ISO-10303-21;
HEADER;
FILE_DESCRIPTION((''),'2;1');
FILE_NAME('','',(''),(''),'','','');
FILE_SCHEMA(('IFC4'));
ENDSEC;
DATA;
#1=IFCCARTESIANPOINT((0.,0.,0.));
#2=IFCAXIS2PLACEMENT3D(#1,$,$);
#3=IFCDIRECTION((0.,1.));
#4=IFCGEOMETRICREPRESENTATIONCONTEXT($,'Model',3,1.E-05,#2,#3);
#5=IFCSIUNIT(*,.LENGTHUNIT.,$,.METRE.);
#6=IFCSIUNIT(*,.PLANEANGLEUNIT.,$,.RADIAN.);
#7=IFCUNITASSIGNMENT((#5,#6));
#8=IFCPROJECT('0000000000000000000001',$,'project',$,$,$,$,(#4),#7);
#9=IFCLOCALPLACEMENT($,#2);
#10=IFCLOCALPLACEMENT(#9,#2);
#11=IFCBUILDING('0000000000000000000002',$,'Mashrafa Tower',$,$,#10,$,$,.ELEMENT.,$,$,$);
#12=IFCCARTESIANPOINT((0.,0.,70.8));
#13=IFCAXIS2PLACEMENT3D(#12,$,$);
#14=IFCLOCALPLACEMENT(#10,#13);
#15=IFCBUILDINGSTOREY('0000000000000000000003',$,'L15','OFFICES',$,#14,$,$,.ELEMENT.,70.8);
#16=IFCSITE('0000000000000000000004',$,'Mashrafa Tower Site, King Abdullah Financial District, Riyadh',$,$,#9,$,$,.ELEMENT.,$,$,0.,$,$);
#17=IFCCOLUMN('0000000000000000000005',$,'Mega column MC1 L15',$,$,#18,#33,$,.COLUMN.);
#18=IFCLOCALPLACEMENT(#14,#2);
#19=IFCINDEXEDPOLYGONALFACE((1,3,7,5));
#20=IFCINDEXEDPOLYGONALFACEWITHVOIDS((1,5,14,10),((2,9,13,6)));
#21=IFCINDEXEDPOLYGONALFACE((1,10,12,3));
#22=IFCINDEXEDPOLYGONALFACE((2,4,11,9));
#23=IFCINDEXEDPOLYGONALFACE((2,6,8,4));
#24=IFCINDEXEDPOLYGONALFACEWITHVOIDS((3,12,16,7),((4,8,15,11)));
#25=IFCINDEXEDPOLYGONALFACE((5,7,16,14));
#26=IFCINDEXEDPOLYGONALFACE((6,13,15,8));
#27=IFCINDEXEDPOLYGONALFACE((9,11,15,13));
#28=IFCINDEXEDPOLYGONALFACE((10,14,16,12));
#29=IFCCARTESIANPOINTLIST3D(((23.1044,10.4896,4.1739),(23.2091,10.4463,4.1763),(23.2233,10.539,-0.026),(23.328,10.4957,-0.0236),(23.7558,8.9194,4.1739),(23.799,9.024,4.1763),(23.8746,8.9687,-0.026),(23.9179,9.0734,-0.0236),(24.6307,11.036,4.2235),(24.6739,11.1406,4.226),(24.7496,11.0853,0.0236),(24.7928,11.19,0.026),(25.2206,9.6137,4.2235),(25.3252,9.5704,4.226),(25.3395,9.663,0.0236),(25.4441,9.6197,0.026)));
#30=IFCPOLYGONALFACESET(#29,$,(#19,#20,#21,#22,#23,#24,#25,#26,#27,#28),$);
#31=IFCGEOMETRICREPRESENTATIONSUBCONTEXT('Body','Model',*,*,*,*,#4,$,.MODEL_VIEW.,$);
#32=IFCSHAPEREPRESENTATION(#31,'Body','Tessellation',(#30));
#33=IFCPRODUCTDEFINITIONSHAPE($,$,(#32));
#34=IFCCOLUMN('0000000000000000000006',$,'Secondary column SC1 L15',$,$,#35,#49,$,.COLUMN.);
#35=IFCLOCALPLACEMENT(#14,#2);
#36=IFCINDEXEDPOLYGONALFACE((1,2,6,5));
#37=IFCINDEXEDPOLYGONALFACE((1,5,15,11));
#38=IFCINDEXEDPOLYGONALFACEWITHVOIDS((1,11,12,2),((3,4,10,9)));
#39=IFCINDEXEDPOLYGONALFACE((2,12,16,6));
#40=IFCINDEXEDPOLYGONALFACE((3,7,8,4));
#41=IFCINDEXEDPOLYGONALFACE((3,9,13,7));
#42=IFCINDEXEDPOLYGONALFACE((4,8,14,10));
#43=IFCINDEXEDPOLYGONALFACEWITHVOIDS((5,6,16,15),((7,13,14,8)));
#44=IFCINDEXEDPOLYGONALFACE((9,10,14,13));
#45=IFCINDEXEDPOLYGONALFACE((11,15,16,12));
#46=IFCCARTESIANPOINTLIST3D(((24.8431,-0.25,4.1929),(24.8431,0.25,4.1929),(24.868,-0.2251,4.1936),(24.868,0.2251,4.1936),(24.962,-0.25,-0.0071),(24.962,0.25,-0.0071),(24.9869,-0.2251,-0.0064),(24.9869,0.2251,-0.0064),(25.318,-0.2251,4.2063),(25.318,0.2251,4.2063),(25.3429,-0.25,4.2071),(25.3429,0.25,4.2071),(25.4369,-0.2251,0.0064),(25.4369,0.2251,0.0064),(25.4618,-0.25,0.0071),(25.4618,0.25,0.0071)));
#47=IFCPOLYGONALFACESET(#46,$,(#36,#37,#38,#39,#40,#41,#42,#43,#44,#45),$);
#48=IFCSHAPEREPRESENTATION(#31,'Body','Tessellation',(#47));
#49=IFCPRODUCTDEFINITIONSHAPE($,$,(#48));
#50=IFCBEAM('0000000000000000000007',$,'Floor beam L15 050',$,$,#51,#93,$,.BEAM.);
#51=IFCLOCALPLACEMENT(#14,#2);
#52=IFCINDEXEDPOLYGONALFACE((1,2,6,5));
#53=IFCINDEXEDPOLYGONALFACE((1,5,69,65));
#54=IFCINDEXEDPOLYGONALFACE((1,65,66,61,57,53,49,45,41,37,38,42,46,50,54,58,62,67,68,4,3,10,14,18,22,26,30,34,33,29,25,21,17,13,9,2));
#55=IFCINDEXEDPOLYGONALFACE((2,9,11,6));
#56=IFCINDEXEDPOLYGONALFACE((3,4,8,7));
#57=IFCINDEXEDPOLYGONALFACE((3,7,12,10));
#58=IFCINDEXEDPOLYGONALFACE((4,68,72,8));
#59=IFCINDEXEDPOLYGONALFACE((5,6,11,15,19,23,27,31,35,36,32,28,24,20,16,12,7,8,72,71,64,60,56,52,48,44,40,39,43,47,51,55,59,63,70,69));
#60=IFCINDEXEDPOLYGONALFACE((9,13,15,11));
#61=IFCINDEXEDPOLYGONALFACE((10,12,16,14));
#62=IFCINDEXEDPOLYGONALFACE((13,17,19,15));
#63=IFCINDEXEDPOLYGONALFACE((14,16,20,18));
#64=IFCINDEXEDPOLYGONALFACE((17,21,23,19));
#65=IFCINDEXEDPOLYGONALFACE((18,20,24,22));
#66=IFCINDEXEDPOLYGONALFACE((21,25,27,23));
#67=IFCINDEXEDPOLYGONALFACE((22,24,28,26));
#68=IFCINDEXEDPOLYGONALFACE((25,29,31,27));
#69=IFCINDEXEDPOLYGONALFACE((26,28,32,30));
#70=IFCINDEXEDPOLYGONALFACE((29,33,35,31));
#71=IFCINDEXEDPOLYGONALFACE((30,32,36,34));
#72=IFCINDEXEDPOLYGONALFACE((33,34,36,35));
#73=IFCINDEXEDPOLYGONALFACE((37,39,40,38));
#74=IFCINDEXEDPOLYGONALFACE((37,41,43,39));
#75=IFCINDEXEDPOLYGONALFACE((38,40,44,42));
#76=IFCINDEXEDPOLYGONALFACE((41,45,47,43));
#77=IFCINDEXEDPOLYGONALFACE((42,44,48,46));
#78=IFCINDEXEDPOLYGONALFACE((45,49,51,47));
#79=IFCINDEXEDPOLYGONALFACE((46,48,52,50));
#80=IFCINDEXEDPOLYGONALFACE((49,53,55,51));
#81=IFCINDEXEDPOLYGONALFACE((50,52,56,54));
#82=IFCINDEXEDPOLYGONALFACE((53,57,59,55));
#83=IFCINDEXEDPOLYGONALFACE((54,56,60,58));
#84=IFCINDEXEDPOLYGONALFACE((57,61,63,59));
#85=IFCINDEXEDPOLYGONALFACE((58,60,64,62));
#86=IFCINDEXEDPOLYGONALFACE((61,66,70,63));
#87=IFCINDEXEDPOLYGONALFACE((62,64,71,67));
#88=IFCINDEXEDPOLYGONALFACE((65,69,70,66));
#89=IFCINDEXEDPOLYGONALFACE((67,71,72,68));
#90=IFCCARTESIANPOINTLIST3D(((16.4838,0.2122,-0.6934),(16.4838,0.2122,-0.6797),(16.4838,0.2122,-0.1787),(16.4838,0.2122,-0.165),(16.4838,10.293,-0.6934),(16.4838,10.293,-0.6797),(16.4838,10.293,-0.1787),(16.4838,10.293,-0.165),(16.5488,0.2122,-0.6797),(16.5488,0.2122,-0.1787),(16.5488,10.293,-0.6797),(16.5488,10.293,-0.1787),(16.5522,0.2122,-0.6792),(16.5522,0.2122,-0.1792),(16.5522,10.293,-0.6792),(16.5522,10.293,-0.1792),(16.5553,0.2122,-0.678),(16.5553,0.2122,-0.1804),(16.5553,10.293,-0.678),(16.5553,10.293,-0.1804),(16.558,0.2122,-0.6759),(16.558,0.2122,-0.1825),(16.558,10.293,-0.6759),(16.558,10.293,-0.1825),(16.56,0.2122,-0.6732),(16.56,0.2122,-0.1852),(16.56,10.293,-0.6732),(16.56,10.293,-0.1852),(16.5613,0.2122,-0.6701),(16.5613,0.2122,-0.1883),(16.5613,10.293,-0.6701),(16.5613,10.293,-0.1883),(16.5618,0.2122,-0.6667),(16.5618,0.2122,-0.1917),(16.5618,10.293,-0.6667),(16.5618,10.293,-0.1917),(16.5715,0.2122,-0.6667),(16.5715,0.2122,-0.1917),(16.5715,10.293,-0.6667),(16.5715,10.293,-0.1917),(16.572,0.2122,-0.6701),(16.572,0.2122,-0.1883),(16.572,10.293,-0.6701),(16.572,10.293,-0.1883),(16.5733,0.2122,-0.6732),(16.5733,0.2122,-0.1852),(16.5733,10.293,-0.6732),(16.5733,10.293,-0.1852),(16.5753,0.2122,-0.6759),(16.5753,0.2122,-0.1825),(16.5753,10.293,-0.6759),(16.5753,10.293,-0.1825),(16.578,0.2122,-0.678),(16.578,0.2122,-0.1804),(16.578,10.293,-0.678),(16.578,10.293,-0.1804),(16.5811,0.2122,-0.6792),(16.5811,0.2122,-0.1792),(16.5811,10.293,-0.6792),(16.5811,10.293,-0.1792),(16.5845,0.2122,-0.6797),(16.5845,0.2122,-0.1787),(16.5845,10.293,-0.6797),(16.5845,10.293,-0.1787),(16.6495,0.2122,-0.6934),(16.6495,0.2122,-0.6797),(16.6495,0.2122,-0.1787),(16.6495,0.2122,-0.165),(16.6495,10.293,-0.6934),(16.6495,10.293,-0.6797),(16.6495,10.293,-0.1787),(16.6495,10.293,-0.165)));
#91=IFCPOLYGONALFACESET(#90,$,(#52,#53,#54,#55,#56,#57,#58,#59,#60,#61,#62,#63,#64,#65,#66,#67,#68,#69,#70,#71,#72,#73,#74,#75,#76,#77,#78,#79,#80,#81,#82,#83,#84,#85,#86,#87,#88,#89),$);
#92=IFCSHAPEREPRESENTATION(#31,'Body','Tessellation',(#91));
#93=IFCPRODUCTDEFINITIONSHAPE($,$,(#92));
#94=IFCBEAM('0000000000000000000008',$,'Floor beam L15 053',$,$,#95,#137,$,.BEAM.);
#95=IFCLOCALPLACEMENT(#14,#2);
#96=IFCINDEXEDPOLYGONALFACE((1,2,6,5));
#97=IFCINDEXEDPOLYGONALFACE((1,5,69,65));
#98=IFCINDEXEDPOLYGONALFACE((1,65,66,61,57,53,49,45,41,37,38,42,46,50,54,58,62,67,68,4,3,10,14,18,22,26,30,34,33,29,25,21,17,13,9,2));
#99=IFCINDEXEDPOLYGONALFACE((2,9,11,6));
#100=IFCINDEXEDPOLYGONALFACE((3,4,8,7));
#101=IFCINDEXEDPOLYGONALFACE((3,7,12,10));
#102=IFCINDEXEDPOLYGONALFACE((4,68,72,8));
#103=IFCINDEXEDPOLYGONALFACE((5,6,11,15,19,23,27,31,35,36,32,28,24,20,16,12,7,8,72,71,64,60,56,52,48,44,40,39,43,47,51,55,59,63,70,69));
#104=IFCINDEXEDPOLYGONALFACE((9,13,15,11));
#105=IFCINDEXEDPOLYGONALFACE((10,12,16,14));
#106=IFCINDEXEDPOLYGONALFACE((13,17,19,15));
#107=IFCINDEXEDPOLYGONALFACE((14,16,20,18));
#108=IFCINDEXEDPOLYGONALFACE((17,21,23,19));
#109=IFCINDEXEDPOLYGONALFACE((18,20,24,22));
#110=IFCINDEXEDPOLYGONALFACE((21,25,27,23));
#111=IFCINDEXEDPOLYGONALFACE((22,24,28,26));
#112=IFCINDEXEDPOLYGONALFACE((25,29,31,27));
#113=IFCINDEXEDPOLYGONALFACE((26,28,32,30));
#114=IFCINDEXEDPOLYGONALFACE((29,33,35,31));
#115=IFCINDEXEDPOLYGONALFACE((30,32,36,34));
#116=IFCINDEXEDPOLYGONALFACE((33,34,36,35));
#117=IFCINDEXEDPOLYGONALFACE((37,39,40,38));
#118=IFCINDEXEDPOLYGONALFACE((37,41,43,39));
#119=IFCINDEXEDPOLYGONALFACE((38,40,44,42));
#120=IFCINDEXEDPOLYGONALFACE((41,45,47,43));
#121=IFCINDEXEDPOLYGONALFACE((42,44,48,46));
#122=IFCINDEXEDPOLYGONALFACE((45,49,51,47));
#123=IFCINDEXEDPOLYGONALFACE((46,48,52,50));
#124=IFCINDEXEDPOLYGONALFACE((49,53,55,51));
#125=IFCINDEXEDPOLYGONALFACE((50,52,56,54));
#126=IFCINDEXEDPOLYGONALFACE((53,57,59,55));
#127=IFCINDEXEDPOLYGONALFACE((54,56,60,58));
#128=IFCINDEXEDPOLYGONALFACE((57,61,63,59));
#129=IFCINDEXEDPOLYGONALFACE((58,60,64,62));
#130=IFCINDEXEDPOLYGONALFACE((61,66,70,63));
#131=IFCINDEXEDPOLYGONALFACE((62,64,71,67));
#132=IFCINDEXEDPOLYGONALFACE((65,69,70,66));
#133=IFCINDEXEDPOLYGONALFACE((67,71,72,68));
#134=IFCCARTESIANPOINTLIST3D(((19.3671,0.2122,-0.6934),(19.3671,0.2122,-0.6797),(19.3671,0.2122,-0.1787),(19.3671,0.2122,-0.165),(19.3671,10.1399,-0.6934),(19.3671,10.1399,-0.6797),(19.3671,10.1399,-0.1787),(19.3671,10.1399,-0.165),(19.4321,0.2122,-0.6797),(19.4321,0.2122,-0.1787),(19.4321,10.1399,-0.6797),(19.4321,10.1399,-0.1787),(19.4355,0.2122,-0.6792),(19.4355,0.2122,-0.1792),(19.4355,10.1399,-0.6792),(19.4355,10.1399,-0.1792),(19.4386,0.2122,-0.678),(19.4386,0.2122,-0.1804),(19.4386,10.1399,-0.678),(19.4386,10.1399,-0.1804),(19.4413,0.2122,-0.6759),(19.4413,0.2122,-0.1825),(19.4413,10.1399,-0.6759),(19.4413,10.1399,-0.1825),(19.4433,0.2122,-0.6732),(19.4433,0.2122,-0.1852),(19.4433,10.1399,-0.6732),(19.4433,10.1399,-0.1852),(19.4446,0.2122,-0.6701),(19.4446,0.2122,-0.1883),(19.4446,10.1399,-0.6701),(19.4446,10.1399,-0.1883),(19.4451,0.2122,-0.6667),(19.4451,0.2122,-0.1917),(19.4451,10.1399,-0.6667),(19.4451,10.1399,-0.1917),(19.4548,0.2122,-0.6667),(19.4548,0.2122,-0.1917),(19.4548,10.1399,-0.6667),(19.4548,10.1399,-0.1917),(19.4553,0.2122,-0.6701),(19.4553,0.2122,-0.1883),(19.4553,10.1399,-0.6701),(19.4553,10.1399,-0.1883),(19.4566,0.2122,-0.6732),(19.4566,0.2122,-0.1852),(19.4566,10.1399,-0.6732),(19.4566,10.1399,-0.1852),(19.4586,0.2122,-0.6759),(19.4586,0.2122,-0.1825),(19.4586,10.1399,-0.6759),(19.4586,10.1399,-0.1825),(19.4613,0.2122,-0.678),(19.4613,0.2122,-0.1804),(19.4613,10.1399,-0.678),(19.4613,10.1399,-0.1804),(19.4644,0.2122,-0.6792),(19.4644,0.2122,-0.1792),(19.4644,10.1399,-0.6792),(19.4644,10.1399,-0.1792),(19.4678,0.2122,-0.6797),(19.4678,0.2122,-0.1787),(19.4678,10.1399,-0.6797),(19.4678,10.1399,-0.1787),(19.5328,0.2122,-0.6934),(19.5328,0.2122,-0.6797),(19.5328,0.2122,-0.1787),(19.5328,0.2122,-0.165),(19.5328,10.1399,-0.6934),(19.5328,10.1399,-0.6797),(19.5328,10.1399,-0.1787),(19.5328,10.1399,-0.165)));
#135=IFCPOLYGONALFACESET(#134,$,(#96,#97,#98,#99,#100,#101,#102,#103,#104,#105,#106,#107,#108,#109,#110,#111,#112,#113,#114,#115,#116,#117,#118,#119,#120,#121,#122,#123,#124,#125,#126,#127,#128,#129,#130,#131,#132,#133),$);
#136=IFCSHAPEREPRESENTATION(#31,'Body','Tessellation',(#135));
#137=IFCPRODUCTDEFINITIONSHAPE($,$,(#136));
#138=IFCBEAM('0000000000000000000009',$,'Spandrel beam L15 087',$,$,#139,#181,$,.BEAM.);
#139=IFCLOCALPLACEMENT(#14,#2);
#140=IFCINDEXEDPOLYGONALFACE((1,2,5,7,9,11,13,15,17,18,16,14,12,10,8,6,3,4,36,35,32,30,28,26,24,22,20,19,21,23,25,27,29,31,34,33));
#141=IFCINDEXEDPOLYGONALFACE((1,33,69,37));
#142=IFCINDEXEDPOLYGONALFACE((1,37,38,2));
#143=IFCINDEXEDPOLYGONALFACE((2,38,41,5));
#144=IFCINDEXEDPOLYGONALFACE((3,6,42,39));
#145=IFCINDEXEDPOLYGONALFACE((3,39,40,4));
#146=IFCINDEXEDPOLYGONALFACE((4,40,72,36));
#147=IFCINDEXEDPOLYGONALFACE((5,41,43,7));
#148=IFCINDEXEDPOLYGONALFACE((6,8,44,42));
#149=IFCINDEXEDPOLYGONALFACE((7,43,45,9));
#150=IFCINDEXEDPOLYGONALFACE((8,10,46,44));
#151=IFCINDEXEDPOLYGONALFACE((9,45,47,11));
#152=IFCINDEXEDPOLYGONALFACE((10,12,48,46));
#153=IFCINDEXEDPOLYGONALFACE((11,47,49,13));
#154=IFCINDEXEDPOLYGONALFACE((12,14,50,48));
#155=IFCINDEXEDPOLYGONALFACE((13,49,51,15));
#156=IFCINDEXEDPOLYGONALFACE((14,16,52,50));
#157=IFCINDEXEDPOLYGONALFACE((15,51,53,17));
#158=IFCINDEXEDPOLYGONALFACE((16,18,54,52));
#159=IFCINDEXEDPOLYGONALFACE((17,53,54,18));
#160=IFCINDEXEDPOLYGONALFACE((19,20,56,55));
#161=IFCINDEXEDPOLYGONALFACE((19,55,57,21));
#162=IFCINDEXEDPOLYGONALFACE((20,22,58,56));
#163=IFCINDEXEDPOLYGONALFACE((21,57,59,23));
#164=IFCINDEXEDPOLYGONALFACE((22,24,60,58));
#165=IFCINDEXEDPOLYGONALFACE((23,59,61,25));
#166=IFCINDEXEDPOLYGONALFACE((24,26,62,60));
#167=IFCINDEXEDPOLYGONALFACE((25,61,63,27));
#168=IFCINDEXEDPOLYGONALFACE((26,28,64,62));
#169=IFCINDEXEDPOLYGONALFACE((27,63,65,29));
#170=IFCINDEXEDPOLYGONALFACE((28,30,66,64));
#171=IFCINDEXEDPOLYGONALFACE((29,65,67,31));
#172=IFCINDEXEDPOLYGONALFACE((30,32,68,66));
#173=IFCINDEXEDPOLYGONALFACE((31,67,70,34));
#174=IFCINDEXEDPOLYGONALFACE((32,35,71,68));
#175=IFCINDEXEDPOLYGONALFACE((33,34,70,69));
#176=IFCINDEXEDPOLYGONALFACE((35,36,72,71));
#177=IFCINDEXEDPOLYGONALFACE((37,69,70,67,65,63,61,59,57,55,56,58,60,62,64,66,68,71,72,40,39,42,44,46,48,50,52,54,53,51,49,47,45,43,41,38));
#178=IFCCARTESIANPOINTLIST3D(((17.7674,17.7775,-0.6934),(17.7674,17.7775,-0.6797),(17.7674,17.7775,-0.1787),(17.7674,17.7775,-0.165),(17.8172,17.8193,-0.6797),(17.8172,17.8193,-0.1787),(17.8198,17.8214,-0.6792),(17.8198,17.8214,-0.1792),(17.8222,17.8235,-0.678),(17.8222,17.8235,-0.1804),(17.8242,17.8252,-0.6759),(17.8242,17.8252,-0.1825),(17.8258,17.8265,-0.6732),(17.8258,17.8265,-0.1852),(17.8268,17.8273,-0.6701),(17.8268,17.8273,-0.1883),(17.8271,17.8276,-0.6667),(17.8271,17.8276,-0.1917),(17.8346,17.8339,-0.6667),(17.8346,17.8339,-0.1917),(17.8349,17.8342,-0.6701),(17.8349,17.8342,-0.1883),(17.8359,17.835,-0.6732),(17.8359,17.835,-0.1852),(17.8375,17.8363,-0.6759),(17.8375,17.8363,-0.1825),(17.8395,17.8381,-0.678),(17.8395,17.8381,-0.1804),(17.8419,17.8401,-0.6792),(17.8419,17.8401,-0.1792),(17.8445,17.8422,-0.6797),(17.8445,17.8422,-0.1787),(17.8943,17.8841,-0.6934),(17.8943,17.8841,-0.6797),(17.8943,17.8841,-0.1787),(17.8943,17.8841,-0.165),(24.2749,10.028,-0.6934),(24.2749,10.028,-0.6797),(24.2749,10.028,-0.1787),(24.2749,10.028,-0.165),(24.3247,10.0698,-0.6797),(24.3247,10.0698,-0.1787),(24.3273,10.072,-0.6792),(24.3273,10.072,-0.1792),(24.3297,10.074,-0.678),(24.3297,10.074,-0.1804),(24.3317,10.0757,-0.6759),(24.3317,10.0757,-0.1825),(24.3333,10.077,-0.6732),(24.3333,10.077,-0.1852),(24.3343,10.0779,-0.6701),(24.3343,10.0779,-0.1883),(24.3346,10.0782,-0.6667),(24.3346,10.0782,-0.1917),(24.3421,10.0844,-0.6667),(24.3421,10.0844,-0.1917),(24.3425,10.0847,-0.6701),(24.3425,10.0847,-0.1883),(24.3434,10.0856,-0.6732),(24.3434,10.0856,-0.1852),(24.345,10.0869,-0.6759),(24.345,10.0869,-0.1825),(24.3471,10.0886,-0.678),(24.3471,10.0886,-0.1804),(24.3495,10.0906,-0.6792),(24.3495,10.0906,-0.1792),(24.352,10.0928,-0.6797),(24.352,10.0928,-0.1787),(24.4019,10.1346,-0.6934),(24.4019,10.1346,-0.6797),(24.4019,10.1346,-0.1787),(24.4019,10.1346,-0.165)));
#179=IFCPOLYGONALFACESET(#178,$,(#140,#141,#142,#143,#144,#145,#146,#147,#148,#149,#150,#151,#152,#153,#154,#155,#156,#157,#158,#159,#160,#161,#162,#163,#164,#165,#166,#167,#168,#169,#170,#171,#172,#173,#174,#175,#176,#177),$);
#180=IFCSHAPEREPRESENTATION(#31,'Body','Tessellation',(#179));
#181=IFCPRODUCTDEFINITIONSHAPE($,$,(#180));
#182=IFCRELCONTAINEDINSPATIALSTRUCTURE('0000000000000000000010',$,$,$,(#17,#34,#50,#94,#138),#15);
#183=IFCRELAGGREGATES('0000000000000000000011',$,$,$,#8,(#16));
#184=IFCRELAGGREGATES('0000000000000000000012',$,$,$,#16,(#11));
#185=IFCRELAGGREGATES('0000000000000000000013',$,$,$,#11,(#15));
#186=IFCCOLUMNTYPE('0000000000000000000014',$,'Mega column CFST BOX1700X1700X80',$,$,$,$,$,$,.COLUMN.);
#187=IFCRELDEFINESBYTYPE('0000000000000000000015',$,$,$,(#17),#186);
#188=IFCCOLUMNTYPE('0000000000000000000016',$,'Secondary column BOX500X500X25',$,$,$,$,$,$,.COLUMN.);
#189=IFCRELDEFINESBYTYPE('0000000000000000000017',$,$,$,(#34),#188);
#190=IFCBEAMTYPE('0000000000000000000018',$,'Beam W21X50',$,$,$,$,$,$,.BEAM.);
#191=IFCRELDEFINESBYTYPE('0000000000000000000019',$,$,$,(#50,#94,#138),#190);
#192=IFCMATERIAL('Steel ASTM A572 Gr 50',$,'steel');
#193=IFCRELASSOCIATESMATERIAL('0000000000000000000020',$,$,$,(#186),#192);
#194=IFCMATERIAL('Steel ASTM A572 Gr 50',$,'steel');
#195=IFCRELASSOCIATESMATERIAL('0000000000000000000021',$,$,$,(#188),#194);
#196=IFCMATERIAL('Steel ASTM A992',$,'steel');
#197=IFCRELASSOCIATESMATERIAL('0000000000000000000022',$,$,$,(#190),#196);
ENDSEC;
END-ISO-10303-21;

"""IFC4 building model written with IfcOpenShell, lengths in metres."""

from ifc_helpers import new_model, si_unit, direction, frame, origin, origin_2d, place, context, subcontext, project, spatial, hollow_rectangle, i_section, extrude, material, material_profile, profile_set, type_object, element, save


model = new_model("IFC4")

# Units and contexts
model_context = context("Model", 3, precision=1e-05, world=origin(), true_north=direction((0.0, 1.0)))
body_context = subcontext(model_context, "Body", "Model", "MODEL_VIEW")
ifc_project = project(units=[si_unit("LENGTHUNIT", "METRE"), si_unit("PLANEANGLEUNIT", "RADIAN")], contexts=[model_context])

# Site, building, storey
site_placement = place(None, origin())
site = spatial("IfcSite", under=ifc_project, at=site_placement, Name="Mashrafa Tower Site, King Abdullah Financial District, Riyadh", CompositionType="ELEMENT", RefElevation=0.0)
building_placement = place(site_placement, origin())
building = spatial("IfcBuilding", under=site, at=building_placement, Name="Mashrafa Tower", CompositionType="ELEMENT")
storey_placement = place(building_placement, frame((0.0, 0.0, 70.8)))
storey = spatial("IfcBuildingStorey", under=building, at=storey_placement, Name="L15", Description="OFFICES", CompositionType="ELEMENT", Elevation=70.8)

# Columns
ifc_material_1 = material(Name="Steel ASTM A572 Gr 50", Category="steel")
ifc_material_profile_1 = material_profile(ifc_material_1, hollow_rectangle(XDim=1.7, YDim=1.7, WallThickness=0.0801, at=origin_2d()), Name="BOX1700X1700X80")
ifc_profile_set_1 = profile_set([ifc_material_profile_1], Name="Steel ASTM A572 Gr 50")
column_type_1 = type_object("IfcColumnType", Name="Mega column CFST BOX1700X1700X80", PredefinedType="COLUMN", material=ifc_profile_set_1)
column_1_placement = place(storey_placement, frame((24.3337, 10.0793, 0.0), z_axis=(-0.028296, -0.011737, 0.999531), x_axis=(0.383133, -0.923693, 0.0)))
element("IfcColumn", 1, at=column_1_placement, inside=storey, type_object=column_type_1, Name="Mega column MC1 L15", PredefinedType="COLUMN", context=body_context, shape_type="SweptSolid", body=[
    extrude(hollow_rectangle(XDim=1.7, YDim=1.7, WallThickness=0.0801, at=origin_2d()), origin(), (0.0, 0.0, 1.0), 4.2019),
])
ifc_material_2 = material(Name="Steel ASTM A572 Gr 50", Category="steel")
ifc_material_profile_2 = material_profile(ifc_material_2, hollow_rectangle(XDim=0.5, YDim=0.5, WallThickness=0.0249, at=origin_2d()), Name="BOX500X500X25")
ifc_profile_set_2 = profile_set([ifc_material_profile_2], Name="Steel ASTM A572 Gr 50")
column_type_2 = type_object("IfcColumnType", Name="Secondary column BOX500X500X25", PredefinedType="COLUMN", material=ifc_profile_set_2)
column_2_placement = place(storey_placement, frame((25.2119, 0.0, 0.0), z_axis=(-0.028298, 0.0, 0.9996), x_axis=(0.0, -1.0, 0.0)))
element("IfcColumn", 2, at=column_2_placement, inside=storey, type_object=column_type_2, Name="Secondary column SC1 L15", PredefinedType="COLUMN", context=body_context, shape_type="SweptSolid", body=[
    extrude(hollow_rectangle(XDim=0.5, YDim=0.5, WallThickness=0.0249, at=origin_2d()), origin(), (0.0, 0.0, 1.0), 4.2017),
])

# Beams
ifc_material_3 = material(Name="Steel ASTM A992", Category="steel")
ifc_material_profile_3 = material_profile(ifc_material_3, i_section(OverallWidth=0.1658, OverallDepth=0.5283, WebThickness=0.0098, FlangeThickness=0.0137, FilletRadius=0.0129, at=origin_2d()), Name="W21X50")
ifc_profile_set_3 = profile_set([ifc_material_profile_3], Name="Steel ASTM A992")
beam_type_1 = type_object("IfcBeamType", Name="Beam W21X50", PredefinedType="BEAM", material=ifc_profile_set_3)
beam_1_placement = place(storey_placement, frame((16.5667, 10.293, -0.4292), z_axis=(0.0, -1.0, 0.0), x_axis=(1.0, 0.0, 0.0)))
element("IfcBeam", 3, at=beam_1_placement, inside=storey, type_object=beam_type_1, Name="Floor beam L15 050", PredefinedType="BEAM", context=body_context, shape_type="SweptSolid", body=[
    extrude(i_section(OverallWidth=0.1658, OverallDepth=0.5283, WebThickness=0.0098, FlangeThickness=0.0137, FilletRadius=0.0129, at=origin_2d()), origin(), (0.0, 0.0, 1.0), 10.0808),
])
beam_2_placement = place(storey_placement, frame((19.45, 10.1399, -0.4292), z_axis=(0.0, -1.0, 0.0), x_axis=(1.0, 0.0, 0.0)))
element("IfcBeam", 4, at=beam_2_placement, inside=storey, type_object=beam_type_1, Name="Floor beam L15 053", PredefinedType="BEAM", context=body_context, shape_type="SweptSolid", body=[
    extrude(i_section(OverallWidth=0.1658, OverallDepth=0.5283, WebThickness=0.0098, FlangeThickness=0.0137, FilletRadius=0.0129, at=origin_2d()), origin(), (0.0, 0.0, 1.0), 9.9277),
])
for number, where, z_axis, x_axis, name in (
    (5, (24.3384, 10.0813, -0.4292), (-0.643075, 0.765803, 0.0), (-0.765803, -0.643075, 0.0), "Spandrel beam L15 087"),
):
    element("IfcBeam", number, at=place(storey_placement, frame(where, z_axis=z_axis, x_axis=x_axis)), inside=storey, type_object=beam_type_1, Name=name, PredefinedType="BEAM", context=body_context, shape_type="SweptSolid", body=[
        extrude(i_section(OverallWidth=0.1658, OverallDepth=0.5283, WebThickness=0.0098, FlangeThickness=0.0137, FilletRadius=0.0129, at=origin_2d()), origin(), (0.0, 0.0, 1.0), 10.1194),
    ])

save(model, "model.ifc")
